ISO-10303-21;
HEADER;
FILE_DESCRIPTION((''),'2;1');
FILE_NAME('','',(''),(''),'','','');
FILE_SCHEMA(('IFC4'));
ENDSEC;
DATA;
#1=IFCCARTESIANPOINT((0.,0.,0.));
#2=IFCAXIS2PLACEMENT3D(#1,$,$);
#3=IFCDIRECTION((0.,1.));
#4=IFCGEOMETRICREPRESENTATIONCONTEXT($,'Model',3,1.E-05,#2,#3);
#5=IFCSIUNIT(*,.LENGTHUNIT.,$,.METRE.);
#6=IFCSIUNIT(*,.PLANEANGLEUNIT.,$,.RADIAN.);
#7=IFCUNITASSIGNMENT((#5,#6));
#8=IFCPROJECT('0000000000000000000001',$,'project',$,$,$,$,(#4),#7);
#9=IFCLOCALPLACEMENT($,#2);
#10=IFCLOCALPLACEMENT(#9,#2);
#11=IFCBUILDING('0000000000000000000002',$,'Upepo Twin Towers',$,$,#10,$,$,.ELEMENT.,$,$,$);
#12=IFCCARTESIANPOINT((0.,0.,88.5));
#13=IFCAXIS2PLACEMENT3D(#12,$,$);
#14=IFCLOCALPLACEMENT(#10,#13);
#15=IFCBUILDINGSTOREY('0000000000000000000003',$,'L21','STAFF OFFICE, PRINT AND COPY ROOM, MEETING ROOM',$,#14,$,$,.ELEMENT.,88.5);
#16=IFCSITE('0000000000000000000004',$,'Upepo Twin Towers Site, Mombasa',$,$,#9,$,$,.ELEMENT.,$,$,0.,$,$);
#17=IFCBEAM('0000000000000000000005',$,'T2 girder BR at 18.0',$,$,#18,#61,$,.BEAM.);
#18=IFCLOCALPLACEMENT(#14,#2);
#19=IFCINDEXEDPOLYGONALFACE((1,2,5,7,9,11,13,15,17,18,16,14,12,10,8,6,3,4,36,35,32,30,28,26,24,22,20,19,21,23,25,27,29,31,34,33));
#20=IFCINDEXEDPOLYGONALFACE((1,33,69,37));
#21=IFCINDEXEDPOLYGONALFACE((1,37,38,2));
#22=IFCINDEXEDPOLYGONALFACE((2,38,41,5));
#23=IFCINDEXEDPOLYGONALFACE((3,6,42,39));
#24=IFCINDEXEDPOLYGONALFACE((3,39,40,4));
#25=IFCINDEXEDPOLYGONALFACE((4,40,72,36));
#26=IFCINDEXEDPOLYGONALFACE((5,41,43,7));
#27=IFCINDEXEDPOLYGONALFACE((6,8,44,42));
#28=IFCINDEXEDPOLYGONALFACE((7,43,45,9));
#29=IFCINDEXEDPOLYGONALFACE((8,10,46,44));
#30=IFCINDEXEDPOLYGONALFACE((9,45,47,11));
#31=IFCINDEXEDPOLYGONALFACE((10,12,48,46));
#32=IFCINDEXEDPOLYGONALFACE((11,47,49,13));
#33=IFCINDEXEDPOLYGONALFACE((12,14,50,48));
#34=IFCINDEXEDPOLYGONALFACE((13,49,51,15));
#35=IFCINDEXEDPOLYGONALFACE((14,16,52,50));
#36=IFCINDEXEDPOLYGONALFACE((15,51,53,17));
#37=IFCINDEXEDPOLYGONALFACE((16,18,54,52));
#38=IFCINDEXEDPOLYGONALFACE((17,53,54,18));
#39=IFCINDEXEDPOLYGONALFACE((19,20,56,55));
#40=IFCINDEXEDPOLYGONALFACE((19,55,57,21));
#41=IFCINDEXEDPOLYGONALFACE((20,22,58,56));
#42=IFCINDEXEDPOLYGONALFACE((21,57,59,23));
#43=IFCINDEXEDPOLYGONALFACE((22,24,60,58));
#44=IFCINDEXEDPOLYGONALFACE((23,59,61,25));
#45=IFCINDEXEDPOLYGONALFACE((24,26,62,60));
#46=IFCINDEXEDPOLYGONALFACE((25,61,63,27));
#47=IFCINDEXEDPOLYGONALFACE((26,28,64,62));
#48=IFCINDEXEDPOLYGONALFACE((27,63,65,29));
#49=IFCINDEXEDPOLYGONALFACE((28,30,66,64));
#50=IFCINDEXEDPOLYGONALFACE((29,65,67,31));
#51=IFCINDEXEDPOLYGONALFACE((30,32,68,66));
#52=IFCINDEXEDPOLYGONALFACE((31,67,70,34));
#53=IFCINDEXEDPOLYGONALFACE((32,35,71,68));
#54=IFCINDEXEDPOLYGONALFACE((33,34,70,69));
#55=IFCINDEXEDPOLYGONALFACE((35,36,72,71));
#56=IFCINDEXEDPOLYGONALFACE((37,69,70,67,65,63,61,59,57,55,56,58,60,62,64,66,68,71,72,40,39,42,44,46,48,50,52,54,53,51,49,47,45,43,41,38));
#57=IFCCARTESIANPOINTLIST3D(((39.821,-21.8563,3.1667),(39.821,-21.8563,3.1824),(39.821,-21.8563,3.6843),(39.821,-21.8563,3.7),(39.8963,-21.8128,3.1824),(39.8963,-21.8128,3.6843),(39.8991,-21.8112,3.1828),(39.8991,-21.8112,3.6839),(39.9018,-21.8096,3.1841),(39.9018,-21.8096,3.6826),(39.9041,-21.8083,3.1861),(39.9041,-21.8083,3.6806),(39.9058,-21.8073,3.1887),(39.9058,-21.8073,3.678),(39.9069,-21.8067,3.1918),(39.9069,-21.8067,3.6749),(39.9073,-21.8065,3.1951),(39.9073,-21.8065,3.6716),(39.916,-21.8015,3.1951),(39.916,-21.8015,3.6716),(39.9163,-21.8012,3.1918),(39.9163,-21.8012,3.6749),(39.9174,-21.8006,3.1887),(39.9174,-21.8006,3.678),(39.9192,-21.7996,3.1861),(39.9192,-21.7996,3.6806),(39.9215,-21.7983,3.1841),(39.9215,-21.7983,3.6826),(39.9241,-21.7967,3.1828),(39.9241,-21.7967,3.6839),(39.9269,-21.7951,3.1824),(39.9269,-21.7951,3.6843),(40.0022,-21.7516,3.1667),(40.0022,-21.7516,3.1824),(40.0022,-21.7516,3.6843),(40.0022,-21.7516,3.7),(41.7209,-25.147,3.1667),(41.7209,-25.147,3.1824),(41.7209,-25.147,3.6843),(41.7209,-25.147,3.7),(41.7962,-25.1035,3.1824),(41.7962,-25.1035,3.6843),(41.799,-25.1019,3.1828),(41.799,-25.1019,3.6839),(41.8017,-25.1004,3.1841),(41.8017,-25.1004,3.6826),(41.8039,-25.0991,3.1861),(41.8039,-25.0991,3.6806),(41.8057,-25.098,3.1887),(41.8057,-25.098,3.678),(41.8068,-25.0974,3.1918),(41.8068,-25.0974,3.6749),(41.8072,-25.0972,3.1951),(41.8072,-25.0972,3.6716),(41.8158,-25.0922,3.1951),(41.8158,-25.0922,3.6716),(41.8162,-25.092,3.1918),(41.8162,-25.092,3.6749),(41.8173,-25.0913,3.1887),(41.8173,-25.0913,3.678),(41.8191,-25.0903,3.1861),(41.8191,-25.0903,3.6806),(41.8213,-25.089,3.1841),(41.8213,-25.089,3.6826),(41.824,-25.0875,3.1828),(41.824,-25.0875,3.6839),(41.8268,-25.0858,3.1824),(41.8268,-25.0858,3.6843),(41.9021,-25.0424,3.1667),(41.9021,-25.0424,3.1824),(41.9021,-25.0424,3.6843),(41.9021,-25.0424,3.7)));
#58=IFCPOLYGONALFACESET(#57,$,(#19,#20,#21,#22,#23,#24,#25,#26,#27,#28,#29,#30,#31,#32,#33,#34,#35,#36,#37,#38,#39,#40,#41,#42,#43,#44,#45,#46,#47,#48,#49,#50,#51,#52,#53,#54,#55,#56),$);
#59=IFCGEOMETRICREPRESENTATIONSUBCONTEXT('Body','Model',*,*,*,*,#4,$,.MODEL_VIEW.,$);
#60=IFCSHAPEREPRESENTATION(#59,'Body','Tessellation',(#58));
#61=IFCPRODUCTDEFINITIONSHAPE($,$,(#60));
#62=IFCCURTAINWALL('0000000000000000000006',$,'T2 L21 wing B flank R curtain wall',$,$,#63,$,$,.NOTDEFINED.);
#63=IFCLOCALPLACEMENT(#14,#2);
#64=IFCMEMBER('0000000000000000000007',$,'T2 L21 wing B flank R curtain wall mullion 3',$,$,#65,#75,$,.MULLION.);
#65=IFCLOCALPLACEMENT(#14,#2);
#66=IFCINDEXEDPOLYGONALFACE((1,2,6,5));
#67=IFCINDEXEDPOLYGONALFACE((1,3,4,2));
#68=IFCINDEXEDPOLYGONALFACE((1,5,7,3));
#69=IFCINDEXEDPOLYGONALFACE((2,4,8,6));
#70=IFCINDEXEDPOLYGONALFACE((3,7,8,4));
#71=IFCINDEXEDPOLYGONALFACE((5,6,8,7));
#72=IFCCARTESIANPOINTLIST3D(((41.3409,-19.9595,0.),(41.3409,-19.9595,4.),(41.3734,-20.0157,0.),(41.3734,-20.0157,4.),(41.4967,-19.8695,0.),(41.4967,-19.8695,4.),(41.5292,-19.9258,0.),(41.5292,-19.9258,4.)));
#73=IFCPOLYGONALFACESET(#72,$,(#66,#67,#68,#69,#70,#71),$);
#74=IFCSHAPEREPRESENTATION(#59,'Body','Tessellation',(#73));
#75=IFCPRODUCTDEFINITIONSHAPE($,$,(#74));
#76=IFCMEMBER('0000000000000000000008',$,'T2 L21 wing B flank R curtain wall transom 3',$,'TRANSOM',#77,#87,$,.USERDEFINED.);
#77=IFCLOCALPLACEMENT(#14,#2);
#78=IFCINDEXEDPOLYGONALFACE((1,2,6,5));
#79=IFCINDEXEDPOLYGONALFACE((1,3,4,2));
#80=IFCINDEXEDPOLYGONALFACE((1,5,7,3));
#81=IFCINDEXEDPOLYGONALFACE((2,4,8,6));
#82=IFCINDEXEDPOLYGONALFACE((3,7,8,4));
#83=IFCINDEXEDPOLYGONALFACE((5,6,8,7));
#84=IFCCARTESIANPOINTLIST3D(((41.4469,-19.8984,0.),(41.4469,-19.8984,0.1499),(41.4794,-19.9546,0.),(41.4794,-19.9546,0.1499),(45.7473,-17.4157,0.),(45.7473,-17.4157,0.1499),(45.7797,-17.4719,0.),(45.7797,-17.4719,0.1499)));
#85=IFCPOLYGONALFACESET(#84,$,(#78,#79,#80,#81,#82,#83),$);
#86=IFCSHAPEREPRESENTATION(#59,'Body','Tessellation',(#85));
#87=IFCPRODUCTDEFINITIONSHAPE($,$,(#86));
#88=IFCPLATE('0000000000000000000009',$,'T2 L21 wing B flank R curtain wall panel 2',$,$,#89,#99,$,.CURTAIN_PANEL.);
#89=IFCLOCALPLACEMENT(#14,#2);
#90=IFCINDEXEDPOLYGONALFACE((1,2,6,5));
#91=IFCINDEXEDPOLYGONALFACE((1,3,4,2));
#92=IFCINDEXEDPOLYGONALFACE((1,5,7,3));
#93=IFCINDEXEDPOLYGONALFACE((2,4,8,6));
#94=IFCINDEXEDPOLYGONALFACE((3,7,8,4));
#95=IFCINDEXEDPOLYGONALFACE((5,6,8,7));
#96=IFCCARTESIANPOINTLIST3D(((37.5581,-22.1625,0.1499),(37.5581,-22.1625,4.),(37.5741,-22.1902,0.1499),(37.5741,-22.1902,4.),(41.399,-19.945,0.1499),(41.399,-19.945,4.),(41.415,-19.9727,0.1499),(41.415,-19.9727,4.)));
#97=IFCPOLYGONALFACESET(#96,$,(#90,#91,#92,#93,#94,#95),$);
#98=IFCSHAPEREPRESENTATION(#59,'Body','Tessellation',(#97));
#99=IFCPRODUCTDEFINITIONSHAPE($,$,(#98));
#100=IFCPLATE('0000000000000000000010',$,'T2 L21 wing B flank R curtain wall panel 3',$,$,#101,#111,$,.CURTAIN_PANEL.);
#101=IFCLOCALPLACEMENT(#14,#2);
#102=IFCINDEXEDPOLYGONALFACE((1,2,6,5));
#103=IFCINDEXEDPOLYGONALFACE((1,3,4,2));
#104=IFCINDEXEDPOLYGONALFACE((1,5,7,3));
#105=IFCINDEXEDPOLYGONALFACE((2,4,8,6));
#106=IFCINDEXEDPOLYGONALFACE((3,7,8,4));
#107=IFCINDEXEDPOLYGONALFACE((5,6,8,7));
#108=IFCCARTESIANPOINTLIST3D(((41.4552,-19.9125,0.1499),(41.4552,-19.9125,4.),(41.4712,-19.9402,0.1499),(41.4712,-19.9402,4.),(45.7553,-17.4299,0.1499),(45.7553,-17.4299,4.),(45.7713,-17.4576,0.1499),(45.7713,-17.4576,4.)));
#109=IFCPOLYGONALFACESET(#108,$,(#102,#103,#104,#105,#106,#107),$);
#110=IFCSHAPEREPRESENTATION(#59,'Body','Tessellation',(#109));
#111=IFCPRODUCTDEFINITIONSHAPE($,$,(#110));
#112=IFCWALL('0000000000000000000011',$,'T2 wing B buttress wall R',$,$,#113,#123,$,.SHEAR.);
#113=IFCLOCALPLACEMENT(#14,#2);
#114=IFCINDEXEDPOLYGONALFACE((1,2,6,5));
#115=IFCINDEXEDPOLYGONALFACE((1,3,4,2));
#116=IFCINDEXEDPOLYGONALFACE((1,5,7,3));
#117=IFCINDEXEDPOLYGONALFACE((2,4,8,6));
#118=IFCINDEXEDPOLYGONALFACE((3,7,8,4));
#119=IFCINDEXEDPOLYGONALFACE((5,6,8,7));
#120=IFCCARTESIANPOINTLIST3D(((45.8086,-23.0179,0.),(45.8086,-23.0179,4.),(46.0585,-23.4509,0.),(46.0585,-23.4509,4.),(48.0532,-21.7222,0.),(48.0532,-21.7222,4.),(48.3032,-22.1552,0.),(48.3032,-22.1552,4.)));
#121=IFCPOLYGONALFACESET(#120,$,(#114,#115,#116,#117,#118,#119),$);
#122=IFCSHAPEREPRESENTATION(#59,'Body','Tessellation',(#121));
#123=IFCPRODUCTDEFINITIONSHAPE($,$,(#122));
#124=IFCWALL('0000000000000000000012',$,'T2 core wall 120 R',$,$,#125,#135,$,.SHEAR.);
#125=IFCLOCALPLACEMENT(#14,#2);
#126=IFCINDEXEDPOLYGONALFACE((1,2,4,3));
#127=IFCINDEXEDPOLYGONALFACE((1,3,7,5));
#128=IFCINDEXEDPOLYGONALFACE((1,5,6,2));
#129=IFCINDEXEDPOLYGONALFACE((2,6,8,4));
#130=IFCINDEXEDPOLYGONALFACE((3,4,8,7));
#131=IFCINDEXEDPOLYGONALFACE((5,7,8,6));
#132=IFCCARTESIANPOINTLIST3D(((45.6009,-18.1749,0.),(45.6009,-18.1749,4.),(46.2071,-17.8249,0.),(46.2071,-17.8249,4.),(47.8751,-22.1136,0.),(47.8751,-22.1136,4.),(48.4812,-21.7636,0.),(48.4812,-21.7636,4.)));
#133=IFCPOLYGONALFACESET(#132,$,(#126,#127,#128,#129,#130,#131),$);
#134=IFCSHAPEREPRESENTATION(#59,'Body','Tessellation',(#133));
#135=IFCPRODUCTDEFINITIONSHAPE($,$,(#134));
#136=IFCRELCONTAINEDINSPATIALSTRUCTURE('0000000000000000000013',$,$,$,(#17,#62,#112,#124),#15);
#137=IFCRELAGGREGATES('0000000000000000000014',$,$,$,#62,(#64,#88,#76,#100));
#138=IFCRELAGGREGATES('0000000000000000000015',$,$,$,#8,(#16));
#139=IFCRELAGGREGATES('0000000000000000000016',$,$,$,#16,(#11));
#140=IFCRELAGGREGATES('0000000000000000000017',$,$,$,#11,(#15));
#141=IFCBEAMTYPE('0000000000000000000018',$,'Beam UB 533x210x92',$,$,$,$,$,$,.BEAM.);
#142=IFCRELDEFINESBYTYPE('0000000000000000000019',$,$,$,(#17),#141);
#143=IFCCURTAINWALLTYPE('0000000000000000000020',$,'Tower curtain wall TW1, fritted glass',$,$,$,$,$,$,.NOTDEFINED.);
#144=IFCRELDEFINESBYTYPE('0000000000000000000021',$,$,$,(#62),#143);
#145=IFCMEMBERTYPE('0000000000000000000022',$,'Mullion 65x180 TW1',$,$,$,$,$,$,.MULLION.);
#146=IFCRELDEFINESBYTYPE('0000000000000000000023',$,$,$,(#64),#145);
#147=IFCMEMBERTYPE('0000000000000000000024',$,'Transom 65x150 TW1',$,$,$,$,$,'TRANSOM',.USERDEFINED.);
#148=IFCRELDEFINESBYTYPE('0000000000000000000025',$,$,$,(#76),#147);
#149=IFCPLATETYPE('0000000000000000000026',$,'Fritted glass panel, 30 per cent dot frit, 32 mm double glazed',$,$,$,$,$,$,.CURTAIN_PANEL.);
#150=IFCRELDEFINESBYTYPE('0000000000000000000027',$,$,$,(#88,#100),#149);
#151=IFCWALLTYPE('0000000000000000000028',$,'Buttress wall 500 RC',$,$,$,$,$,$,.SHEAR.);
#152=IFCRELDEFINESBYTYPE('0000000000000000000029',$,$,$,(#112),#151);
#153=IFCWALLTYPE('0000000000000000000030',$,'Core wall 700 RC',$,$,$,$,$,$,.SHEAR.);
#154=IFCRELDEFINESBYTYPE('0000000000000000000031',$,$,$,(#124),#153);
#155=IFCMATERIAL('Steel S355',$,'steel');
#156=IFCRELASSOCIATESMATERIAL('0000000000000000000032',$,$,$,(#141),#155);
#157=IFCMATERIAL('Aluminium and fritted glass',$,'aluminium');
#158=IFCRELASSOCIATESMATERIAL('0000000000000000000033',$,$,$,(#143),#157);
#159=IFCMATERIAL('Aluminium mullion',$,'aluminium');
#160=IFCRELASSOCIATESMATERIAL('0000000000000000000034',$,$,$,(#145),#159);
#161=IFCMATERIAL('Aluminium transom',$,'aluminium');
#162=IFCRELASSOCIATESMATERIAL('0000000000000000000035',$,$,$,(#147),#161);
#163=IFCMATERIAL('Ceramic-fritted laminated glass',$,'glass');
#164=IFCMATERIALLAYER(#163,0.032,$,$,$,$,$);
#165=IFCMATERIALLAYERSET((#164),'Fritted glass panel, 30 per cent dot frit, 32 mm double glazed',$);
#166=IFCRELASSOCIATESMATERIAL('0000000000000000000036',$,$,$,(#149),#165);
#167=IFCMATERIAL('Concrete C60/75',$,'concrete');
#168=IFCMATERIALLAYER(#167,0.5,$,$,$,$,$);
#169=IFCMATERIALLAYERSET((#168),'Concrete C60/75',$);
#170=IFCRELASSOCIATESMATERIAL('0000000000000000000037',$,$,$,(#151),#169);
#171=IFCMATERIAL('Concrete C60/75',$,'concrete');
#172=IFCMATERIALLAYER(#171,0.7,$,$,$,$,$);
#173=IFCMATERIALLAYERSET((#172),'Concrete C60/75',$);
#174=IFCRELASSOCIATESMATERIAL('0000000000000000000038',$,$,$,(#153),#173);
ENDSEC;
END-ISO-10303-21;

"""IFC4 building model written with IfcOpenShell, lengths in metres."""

from ifc_helpers import new_model, si_unit, direction, frame, frame_2d, origin, origin_2d, place, context, subcontext, project, spatial, rectangle, i_section, extrude, material, layer, layer_set, material_profile, profile_set, type_object, element, aggregate, save


model = new_model("IFC4")

# Units and contexts
model_context = context("Model", 3, precision=1e-05, world=origin(), true_north=direction((0.0, 1.0)))
body_context = subcontext(model_context, "Body", "Model", "MODEL_VIEW")
ifc_project = project(units=[si_unit("LENGTHUNIT", "METRE"), si_unit("PLANEANGLEUNIT", "RADIAN")], contexts=[model_context])

# Site, building, storey
site_placement = place(None, origin())
site = spatial("IfcSite", under=ifc_project, at=site_placement, Name="Upepo Twin Towers Site, Mombasa", CompositionType="ELEMENT", RefElevation=0.0)
building_placement = place(site_placement, origin())
building = spatial("IfcBuilding", under=site, at=building_placement, Name="Upepo Twin Towers", CompositionType="ELEMENT")
storey_placement = place(building_placement, frame((0.0, 0.0, 88.5)))
storey = spatial("IfcBuildingStorey", under=building, at=storey_placement, Name="L21", Description="STAFF OFFICE, PRINT AND COPY ROOM, MEETING ROOM", CompositionType="ELEMENT", Elevation=88.5)

# Beam
ifc_material_1 = material(Name="Steel S355", Category="steel")
ifc_material_profile_1 = material_profile(ifc_material_1, i_section(OverallWidth=0.2092, OverallDepth=0.5332, WebThickness=0.01, FlangeThickness=0.0156, FilletRadius=0.0127, at=origin_2d()), Name="UB 533x210x92")
ifc_profile_set_1 = profile_set([ifc_material_profile_1], Name="Steel S355")
beam_type_1 = type_object("IfcBeamType", Name="Beam UB 533x210x92", PredefinedType="BEAM", material=ifc_profile_set_1)
beam_1_placement = place(storey_placement, frame((39.9116, -21.804, 3.4333), z_axis=(0.499995, -0.866028, 0.0), x_axis=(0.866028, 0.499995, 0.0)))
element("IfcBeam", 1, at=beam_1_placement, inside=storey, type_object=beam_type_1, Name="T2 girder BR at 18.0", PredefinedType="BEAM", context=body_context, shape_type="SweptSolid", body=[
    extrude(i_section(OverallWidth=0.2092, OverallDepth=0.5332, WebThickness=0.01, FlangeThickness=0.0156, FilletRadius=0.0127, at=origin_2d()), origin(), (0.0, 0.0, 1.0), 3.7998),
])

# Curtain wall, members, plates
ifc_material_2 = material(Name="Aluminium and fritted glass", Category="aluminium")
curtain_wall_type = type_object("IfcCurtainWallType", Name="Tower curtain wall TW1, fritted glass", PredefinedType="NOTDEFINED", material=ifc_material_2)
curtain_wall_placement = place(storey_placement, origin())
curtain_wall = element("IfcCurtainWall", 2, at=curtain_wall_placement, inside=storey, type_object=curtain_wall_type, Name="T2 L21 wing B flank R curtain wall", PredefinedType="NOTDEFINED")
ifc_material_3 = material(Name="Aluminium mullion", Category="aluminium")
ifc_material_profile_2 = material_profile(ifc_material_3, rectangle(XDim=0.0649, YDim=0.1799, at=origin_2d()), Name="MULLION 65x180")
ifc_profile_set_2 = profile_set([ifc_material_profile_2], Name="Aluminium mullion")
member_type_1 = type_object("IfcMemberType", Name="Mullion 65x180 TW1", PredefinedType="MULLION", material=ifc_profile_set_2)
member_1_placement = place(storey_placement, frame((41.4351, -19.9426, 0.0), z_axis=(0.0, 0.0, 1.0), x_axis=(-0.5, 0.866025, 0.0)))
member_1 = element("IfcMember", 3, at=member_1_placement, type_object=member_type_1, Name="T2 L21 wing B flank R curtain wall mullion 3", PredefinedType="MULLION", context=body_context, shape_type="SweptSolid", body=[
    extrude(rectangle(XDim=0.0649, YDim=0.1799, at=origin_2d()), origin(), (0.0, 0.0, 1.0), 4.0),
])
ifc_material_4 = material(Name="Aluminium transom", Category="aluminium")
ifc_material_profile_3 = material_profile(ifc_material_4, rectangle(XDim=0.0649, YDim=0.1499, at=origin_2d()), Name="TRANSOM 65x150")
ifc_profile_set_3 = profile_set([ifc_material_profile_3], Name="Aluminium transom")
member_type_2 = type_object("IfcMemberType", Name="Transom 65x150 TW1", ElementType="TRANSOM", PredefinedType="USERDEFINED", material=ifc_profile_set_3)
member_2_placement = place(storey_placement, frame((41.4631, -19.9265, 0.075), z_axis=(0.866035, 0.499983, 0.0), x_axis=(-0.499983, 0.866035, 0.0)))
member_2 = element("IfcMember", 4, at=member_2_placement, type_object=member_type_2, Name="T2 L21 wing B flank R curtain wall transom 3", ObjectType="TRANSOM", PredefinedType="USERDEFINED", context=body_context, shape_type="SweptSolid", body=[
    extrude(rectangle(XDim=0.0649, YDim=0.1499, at=origin_2d()), origin(), (0.0, 0.0, 1.0), 4.9656),
])
ifc_material_5 = material(Name="Ceramic-fritted laminated glass", Category="glass")
ifc_layer_1 = layer(ifc_material_5, 0.032)
ifc_layer_set_1 = layer_set([ifc_layer_1], Name="Fritted glass panel, 30 per cent dot frit, 32 mm double glazed")
plate_type = type_object("IfcPlateType", Name="Fritted glass panel, 30 per cent dot frit, 32 mm double glazed", PredefinedType="CURTAIN_PANEL", material=ifc_layer_set_1)
plate_1_placement = place(storey_placement, frame((39.4866, -21.0676, 0.1499), z_axis=(0.0, 0.0, 1.0), x_axis=(0.866025, 0.5, 0.0)))
plate_1 = element("IfcPlate", 5, at=plate_1_placement, type_object=plate_type, Name="T2 L21 wing B flank R curtain wall panel 2", PredefinedType="CURTAIN_PANEL", context=body_context, shape_type="SweptSolid", body=[
    extrude(rectangle(XDim=4.4351, YDim=0.032, at=origin_2d()), origin(), (0.0, 0.0, 1.0), 3.8501),
])
plate_2_placement = place(storey_placement, frame((43.6133, -18.6851, 0.1499), z_axis=(0.0, 0.0, 1.0), x_axis=(0.866025, 0.5, 0.0)))
plate_2 = element("IfcPlate", 6, at=plate_2_placement, type_object=plate_type, Name="T2 L21 wing B flank R curtain wall panel 3", PredefinedType="CURTAIN_PANEL", context=body_context, shape_type="SweptSolid", body=[
    extrude(rectangle(XDim=4.9653, YDim=0.032, at=origin_2d()), origin(), (0.0, 0.0, 1.0), 3.8501),
])
aggregate(curtain_wall, [member_1, plate_1, member_2, plate_2])

# Walls
ifc_material_6 = material(Name="Concrete C60/75", Category="concrete")
ifc_layer_2 = layer(ifc_material_6, 0.5)
ifc_layer_set_2 = layer_set([ifc_layer_2], Name="Concrete C60/75")
wall_type_1 = type_object("IfcWallType", Name="Buttress wall 500 RC", PredefinedType="SHEAR", material=ifc_layer_set_2)
wall_1_placement = place(storey_placement, frame((48.1782, -21.9387, 0.0), z_axis=(0.0, 0.0, 1.0), x_axis=(-0.866073, -0.499918, 0.0)))
element("IfcWall", 7, at=wall_1_placement, inside=storey, type_object=wall_type_1, Name="T2 wing B buttress wall R", PredefinedType="SHEAR", context=body_context, shape_type="SweptSolid", body=[
    extrude(rectangle(XDim=2.5918, YDim=0.5, at=frame_2d((1.2959, 0.0))), origin(), (0.0, 0.0, 1.0), 4.0),
])
ifc_material_7 = material(Name="Concrete C60/75", Category="concrete")
ifc_layer_3 = layer(ifc_material_7, 0.7)
ifc_layer_set_3 = layer_set([ifc_layer_3], Name="Concrete C60/75")
wall_type_2 = type_object("IfcWallType", Name="Core wall 700 RC", PredefinedType="SHEAR", material=ifc_layer_set_3)
wall_2_placement = place(storey_placement, frame((45.9041, -18.0, 0.0), z_axis=(0.0, 0.0, 1.0), x_axis=(0.500024, -0.866011, 0.0)))
element("IfcWall", 8, at=wall_2_placement, inside=storey, type_object=wall_type_2, Name="T2 core wall 120 R", PredefinedType="SHEAR", context=body_context, shape_type="SweptSolid", body=[
    extrude(rectangle(XDim=4.5481, YDim=0.7, at=frame_2d((2.2739, 0.0))), origin(), (0.0, 0.0, 1.0), 4.0),
])

save(model, "model.ifc")
